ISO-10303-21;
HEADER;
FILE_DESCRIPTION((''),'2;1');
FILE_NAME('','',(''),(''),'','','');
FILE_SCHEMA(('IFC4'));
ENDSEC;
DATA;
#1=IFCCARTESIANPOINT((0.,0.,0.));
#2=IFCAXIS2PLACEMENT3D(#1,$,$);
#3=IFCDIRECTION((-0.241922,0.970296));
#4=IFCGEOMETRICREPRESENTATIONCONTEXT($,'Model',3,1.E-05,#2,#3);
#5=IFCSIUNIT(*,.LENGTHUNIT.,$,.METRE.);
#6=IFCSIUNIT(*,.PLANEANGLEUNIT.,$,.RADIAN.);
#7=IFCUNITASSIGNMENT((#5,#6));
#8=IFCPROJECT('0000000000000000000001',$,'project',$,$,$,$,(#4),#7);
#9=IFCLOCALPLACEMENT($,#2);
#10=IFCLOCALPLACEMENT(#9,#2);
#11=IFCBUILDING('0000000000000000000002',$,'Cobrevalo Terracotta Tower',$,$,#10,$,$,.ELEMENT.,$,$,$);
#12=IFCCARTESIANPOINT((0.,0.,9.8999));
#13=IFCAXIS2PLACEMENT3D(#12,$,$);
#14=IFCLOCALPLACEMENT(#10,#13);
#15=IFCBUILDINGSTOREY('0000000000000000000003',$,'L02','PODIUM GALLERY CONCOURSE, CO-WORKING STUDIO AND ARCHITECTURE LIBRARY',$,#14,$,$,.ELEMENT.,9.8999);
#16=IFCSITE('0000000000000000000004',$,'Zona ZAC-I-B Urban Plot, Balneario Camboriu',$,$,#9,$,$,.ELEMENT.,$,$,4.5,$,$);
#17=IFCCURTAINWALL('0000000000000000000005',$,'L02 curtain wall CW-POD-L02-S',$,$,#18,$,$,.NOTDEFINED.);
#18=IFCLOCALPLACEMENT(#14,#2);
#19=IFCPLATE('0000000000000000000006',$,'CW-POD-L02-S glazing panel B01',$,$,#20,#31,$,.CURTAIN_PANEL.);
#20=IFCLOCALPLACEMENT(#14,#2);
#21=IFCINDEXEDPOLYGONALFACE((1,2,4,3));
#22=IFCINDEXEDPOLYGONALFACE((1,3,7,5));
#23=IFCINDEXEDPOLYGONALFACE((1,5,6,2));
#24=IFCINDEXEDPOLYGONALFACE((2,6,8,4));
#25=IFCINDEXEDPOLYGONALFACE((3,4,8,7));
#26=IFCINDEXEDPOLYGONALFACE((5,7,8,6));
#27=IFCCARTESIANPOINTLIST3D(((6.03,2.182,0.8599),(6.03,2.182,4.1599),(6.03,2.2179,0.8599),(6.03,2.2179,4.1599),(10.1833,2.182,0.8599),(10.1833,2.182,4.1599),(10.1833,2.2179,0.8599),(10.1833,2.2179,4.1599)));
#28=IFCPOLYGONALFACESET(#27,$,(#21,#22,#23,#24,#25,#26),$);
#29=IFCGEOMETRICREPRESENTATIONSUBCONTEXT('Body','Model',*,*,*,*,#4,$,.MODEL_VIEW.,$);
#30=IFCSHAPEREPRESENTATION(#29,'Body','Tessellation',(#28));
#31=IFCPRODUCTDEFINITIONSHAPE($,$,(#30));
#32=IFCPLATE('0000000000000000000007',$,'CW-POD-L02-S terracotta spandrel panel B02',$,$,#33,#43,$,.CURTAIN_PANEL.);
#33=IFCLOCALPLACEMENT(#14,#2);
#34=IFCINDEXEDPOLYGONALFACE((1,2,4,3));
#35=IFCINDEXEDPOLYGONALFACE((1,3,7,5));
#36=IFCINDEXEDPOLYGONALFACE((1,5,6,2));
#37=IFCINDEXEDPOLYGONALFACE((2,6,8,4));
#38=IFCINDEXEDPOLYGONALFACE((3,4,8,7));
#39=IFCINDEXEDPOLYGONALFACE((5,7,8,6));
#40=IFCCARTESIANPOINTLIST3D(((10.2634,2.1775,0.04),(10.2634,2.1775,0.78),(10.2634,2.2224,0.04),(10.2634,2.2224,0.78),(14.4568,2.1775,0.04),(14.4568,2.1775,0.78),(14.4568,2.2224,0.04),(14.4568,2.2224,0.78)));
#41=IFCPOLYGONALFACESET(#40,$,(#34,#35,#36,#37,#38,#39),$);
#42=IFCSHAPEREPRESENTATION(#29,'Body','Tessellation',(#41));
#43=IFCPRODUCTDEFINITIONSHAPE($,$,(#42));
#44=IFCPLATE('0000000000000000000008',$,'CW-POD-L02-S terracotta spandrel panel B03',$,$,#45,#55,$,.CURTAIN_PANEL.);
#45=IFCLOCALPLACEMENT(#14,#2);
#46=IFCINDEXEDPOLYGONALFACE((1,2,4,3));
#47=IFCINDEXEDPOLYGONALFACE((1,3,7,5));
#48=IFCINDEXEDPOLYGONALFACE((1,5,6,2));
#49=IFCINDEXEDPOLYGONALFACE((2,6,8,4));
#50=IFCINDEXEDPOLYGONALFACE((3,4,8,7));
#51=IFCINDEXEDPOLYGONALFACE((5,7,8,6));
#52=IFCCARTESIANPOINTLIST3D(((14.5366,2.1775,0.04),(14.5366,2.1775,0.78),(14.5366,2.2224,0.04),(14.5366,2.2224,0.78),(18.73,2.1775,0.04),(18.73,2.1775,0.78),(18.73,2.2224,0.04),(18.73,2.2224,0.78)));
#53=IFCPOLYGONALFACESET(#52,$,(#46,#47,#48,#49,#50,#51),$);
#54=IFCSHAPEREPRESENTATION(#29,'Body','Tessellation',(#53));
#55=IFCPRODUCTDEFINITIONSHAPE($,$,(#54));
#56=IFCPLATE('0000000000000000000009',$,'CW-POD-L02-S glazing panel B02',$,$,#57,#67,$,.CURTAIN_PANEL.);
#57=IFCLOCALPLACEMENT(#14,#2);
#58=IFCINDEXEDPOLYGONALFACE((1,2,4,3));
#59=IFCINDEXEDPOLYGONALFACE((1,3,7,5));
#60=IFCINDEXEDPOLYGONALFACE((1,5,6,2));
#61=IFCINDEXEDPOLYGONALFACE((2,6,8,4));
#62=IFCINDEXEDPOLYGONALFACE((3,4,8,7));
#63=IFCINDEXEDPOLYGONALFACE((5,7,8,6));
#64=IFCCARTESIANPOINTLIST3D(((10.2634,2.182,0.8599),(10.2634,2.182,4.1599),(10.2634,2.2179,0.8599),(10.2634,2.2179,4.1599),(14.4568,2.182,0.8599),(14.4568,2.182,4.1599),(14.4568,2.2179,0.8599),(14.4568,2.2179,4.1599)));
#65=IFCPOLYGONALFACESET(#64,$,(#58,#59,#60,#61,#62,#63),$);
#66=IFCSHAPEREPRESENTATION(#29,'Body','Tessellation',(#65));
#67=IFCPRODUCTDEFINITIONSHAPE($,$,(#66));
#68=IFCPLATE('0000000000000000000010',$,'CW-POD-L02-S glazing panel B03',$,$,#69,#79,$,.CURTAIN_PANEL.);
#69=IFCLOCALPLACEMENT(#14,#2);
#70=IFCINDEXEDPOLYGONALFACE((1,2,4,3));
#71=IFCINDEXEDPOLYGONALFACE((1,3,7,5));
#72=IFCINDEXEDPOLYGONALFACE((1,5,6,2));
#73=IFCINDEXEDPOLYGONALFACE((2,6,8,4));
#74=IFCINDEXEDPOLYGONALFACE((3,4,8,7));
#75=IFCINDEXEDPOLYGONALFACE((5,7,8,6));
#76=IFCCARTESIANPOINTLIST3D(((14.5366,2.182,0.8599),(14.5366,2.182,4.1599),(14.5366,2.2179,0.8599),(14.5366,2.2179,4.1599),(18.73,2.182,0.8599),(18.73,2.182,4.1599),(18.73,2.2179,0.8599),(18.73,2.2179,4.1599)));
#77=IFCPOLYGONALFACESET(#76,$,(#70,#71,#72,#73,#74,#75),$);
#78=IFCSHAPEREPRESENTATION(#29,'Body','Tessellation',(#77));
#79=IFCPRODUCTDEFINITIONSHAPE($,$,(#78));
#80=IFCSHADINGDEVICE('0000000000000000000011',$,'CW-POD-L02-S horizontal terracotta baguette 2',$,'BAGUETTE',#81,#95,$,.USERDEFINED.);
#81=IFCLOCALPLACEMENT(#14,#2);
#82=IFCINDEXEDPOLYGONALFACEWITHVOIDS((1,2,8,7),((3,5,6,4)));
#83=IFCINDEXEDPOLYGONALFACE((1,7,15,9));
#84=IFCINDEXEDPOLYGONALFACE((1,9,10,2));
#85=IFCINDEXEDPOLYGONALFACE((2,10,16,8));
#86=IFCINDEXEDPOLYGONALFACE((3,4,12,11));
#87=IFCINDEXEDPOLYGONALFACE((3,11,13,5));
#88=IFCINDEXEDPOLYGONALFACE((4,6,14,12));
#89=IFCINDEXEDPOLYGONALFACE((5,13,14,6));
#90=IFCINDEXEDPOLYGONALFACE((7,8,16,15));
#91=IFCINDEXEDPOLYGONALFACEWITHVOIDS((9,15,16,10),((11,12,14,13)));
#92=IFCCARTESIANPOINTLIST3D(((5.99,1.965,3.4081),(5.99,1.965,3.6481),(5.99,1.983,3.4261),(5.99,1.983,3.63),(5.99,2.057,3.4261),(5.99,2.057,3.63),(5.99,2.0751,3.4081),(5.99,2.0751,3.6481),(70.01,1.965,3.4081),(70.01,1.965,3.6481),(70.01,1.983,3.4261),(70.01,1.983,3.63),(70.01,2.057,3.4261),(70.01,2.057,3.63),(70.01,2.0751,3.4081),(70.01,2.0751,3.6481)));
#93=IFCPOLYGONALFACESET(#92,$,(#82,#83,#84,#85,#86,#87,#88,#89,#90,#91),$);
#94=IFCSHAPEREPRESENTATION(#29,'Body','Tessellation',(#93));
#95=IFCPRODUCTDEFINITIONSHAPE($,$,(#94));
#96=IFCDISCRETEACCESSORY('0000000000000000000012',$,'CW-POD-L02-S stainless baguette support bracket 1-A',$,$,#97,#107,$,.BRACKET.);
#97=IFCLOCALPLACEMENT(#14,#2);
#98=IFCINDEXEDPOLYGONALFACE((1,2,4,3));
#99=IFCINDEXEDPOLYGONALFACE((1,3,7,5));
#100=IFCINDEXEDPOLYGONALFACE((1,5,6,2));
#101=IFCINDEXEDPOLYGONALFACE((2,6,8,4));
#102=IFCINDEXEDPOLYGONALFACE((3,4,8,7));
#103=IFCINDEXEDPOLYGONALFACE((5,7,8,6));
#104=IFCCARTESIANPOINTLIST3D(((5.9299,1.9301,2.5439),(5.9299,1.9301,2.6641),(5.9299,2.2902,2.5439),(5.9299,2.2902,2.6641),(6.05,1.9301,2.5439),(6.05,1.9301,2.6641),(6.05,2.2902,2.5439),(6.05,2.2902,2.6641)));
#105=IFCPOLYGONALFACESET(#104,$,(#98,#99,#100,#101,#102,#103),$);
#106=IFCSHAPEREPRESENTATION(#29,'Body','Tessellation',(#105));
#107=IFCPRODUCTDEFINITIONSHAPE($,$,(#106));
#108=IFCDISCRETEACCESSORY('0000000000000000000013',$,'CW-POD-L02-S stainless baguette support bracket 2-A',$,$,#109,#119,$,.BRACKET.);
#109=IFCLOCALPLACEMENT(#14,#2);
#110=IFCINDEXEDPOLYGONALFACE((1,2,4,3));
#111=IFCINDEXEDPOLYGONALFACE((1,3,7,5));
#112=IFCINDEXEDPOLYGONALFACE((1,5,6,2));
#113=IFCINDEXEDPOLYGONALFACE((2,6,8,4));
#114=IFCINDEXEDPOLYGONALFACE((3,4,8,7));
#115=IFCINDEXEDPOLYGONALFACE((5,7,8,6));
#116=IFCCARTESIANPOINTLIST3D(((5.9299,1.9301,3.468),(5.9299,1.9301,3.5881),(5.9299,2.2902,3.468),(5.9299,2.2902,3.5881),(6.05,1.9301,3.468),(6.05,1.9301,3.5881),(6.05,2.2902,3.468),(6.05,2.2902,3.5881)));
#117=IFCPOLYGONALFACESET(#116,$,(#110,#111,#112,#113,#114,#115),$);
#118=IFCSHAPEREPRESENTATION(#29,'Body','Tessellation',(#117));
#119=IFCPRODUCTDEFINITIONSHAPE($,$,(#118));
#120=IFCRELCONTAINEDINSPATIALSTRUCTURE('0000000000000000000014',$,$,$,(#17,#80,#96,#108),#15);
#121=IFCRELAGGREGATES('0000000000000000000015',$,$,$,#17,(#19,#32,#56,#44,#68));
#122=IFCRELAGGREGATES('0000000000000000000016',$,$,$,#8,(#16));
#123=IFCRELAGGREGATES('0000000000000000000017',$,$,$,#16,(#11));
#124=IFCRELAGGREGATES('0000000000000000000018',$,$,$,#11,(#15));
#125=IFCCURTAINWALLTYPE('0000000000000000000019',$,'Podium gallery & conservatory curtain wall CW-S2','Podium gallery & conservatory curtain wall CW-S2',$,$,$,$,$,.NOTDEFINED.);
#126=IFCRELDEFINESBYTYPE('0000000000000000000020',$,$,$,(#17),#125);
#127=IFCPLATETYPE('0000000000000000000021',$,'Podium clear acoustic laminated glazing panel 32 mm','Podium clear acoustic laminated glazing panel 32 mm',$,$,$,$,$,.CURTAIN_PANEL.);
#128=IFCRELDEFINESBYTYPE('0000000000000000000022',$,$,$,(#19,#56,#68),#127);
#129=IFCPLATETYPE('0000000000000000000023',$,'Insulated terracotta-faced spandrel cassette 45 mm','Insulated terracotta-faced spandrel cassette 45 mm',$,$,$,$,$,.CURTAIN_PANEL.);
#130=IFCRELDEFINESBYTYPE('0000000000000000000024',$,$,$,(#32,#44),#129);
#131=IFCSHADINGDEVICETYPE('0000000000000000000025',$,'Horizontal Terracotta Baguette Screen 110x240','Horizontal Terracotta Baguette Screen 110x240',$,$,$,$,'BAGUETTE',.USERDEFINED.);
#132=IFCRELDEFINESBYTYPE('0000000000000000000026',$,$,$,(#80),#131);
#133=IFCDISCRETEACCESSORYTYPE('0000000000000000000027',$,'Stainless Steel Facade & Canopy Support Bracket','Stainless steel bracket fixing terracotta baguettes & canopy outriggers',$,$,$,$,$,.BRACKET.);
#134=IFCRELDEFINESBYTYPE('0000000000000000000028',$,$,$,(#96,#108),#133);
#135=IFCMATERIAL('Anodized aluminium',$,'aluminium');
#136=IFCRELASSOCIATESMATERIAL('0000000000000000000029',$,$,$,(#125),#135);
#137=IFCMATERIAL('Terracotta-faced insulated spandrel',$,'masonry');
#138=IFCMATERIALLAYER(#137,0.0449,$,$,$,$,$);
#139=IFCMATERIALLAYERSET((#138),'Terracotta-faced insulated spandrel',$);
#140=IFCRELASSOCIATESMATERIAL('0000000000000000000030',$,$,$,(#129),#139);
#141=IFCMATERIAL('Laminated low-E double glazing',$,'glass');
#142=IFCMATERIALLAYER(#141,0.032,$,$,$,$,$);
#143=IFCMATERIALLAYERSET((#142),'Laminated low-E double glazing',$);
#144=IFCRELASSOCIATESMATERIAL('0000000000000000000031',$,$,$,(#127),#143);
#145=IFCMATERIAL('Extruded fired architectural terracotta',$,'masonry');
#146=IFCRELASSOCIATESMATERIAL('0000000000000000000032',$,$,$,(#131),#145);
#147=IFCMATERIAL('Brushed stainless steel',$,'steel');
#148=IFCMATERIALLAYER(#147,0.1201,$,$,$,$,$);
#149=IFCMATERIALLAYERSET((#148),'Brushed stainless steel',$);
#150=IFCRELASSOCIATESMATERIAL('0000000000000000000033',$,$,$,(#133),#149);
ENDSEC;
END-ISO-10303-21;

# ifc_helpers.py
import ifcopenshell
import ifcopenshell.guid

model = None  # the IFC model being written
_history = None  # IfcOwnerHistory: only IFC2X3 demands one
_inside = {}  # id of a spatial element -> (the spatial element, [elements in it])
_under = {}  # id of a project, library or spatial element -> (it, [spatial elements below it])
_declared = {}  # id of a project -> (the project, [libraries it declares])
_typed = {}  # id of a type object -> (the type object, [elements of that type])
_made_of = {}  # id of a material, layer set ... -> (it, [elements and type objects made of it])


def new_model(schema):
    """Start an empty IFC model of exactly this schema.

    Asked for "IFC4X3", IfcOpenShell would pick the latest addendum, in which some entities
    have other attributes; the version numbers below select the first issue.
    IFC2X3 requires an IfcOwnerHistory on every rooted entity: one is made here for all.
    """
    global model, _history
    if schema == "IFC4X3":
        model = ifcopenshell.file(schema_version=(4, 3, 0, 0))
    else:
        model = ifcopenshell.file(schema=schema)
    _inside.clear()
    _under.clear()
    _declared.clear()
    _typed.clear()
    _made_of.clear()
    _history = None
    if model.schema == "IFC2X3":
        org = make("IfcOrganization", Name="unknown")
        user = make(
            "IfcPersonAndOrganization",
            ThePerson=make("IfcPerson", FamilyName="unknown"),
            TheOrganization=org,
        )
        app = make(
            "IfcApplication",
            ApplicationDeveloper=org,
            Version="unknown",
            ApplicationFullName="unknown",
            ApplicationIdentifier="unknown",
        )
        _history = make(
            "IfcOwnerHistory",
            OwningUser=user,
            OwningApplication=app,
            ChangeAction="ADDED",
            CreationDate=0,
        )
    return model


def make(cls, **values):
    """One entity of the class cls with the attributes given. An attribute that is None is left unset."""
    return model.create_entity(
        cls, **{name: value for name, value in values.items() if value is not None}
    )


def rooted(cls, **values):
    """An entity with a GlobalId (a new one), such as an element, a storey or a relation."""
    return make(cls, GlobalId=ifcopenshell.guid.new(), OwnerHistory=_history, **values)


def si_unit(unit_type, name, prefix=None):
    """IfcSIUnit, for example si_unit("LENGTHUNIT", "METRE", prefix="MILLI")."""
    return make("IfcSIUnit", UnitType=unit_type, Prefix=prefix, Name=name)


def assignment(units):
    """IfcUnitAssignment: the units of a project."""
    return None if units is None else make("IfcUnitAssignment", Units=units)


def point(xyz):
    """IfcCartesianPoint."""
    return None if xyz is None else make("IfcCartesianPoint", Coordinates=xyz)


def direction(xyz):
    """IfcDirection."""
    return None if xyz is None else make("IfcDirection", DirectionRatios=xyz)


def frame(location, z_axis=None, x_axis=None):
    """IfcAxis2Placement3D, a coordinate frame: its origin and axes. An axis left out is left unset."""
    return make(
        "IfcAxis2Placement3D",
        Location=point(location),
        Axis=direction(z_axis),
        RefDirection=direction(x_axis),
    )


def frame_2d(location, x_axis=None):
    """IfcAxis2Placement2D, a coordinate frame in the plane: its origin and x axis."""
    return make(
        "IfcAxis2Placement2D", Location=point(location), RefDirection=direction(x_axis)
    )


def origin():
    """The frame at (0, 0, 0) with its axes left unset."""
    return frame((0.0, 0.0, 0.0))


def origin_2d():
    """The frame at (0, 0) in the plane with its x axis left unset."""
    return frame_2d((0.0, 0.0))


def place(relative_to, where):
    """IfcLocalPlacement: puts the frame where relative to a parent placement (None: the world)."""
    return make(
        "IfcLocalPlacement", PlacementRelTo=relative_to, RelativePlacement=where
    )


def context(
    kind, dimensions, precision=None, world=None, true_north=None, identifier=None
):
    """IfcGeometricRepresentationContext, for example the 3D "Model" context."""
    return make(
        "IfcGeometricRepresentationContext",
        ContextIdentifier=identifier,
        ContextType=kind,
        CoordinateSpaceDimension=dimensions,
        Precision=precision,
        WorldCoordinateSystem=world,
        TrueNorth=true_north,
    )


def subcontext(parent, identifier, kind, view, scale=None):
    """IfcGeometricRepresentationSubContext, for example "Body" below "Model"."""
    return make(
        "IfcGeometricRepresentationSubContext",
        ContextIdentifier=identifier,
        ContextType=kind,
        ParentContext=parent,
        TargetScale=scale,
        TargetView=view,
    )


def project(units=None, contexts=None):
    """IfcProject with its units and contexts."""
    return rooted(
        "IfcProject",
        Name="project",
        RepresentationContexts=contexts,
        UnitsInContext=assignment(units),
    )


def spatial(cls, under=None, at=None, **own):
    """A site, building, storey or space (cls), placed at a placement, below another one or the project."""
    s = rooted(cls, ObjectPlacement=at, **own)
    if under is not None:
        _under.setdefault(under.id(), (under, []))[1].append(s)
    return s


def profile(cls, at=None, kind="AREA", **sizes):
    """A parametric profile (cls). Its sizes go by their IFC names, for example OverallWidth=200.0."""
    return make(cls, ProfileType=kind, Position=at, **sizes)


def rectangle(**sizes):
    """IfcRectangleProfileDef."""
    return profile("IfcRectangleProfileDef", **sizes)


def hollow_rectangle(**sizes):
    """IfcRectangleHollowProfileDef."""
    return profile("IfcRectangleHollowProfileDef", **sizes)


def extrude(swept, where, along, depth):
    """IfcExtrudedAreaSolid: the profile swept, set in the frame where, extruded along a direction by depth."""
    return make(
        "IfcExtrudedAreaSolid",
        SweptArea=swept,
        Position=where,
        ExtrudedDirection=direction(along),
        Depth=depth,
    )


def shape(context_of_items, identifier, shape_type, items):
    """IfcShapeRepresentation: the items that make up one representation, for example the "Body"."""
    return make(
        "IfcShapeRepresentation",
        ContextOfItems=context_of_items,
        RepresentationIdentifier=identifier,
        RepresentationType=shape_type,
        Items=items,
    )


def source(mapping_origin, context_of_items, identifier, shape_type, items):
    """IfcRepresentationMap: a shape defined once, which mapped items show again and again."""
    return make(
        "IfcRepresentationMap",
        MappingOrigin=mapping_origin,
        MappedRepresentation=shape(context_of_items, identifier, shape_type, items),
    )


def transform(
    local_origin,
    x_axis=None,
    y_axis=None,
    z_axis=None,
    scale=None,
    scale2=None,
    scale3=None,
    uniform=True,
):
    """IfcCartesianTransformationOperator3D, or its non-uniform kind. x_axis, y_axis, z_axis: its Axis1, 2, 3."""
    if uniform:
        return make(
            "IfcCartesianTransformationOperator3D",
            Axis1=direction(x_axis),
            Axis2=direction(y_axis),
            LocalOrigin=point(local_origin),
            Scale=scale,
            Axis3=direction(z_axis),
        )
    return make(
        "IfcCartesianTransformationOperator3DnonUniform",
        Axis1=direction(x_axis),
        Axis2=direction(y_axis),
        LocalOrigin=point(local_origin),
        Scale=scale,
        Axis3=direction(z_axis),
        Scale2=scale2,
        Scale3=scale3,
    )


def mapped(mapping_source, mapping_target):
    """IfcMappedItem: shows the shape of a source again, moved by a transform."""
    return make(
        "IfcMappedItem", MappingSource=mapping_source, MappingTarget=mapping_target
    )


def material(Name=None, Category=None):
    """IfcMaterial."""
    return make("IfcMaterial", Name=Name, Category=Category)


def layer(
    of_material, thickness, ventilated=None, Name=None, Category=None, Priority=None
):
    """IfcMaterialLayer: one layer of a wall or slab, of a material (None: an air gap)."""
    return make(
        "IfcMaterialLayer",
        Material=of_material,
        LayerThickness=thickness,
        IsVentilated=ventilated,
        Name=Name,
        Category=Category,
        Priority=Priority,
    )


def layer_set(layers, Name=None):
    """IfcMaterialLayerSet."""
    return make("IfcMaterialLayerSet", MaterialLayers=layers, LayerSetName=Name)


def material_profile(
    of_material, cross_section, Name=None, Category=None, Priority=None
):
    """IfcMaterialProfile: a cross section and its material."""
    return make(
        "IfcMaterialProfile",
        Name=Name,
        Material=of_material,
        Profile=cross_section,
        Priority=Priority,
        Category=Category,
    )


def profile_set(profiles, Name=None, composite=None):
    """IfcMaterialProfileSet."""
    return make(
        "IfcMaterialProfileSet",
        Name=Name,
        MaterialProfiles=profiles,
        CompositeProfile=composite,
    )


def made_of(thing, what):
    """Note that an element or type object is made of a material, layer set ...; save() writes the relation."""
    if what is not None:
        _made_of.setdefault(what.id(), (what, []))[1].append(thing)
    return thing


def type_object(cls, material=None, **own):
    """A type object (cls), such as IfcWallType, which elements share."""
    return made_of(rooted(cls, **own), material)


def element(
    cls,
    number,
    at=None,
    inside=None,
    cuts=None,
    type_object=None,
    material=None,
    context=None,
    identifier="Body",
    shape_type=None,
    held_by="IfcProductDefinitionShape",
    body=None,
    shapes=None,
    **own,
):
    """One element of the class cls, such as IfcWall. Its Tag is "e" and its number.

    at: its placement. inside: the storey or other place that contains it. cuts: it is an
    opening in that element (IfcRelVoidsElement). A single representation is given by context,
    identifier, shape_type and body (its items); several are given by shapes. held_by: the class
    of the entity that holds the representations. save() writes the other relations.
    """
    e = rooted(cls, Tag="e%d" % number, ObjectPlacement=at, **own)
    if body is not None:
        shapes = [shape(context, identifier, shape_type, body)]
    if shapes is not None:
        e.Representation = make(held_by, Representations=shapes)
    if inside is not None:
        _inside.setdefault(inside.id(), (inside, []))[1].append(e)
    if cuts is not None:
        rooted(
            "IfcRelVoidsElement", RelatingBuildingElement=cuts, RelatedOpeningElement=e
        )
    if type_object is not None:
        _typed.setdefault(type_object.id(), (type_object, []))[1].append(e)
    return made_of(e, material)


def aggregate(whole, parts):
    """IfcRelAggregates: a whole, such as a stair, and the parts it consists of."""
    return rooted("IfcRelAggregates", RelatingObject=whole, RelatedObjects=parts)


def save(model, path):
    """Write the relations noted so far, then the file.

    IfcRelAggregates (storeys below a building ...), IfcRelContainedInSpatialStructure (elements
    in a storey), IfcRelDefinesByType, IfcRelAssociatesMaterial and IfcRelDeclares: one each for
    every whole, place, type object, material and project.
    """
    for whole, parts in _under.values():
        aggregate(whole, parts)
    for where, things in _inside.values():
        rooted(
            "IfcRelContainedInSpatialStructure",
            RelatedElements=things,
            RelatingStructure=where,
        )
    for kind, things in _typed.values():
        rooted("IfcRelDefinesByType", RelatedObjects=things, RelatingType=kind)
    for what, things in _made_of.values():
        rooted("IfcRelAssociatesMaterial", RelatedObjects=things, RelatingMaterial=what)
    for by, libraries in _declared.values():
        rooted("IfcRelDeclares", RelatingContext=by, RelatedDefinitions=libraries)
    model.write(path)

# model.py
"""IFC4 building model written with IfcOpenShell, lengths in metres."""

from ifc_helpers import new_model, si_unit, direction, frame, origin, origin_2d, place, context, subcontext, project, spatial, rectangle, hollow_rectangle, extrude, source, transform, mapped, material, layer, layer_set, material_profile, profile_set, type_object, element, aggregate, save


model = new_model("IFC4")

# Units and contexts
model_context = context("Model", 3, precision=1e-05, world=origin(), true_north=direction((-0.241922, 0.970296)))
body_context = subcontext(model_context, "Body", "Model", "MODEL_VIEW")
ifc_project = project(units=[si_unit("LENGTHUNIT", "METRE"), si_unit("PLANEANGLEUNIT", "RADIAN")], contexts=[model_context])

# Site, building, storey
site_placement = place(None, origin())
site = spatial("IfcSite", under=ifc_project, at=site_placement, Name="Zona ZAC-I-B Urban Plot, Balneario Camboriu", CompositionType="ELEMENT", RefElevation=4.5)
building_placement = place(site_placement, origin())
building = spatial("IfcBuilding", under=site, at=building_placement, Name="Cobrevalo Terracotta Tower", CompositionType="ELEMENT")
storey_placement = place(building_placement, frame((0.0, 0.0, 9.8999)))
storey = spatial("IfcBuildingStorey", under=building, at=storey_placement, Name="L02", Description="PODIUM GALLERY CONCOURSE, CO-WORKING STUDIO AND ARCHITECTURE LIBRARY", CompositionType="ELEMENT", Elevation=9.8999)

# Curtain wall, plates
ifc_material_1 = material(Name="Anodized aluminium", Category="aluminium")
curtain_wall_type = type_object("IfcCurtainWallType", Name="Podium gallery & conservatory curtain wall CW-S2", Description="Podium gallery & conservatory curtain wall CW-S2", PredefinedType="NOTDEFINED", material=ifc_material_1)
curtain_wall_placement = place(storey_placement, origin())
curtain_wall = element("IfcCurtainWall", 1, at=curtain_wall_placement, inside=storey, type_object=curtain_wall_type, Name="L02 curtain wall CW-POD-L02-S", PredefinedType="NOTDEFINED")
ifc_material_2 = material(Name="Terracotta-faced insulated spandrel", Category="masonry")
ifc_layer_1 = layer(ifc_material_2, 0.0449)
ifc_layer_set_1 = layer_set([ifc_layer_1], Name="Terracotta-faced insulated spandrel")
plate_type_1 = type_object("IfcPlateType", Name="Insulated terracotta-faced spandrel cassette 45 mm", Description="Insulated terracotta-faced spandrel cassette 45 mm", PredefinedType="CURTAIN_PANEL", material=ifc_layer_set_1)
ifc_material_3 = material(Name="Laminated low-E double glazing", Category="glass")
ifc_layer_2 = layer(ifc_material_3, 0.032)
ifc_layer_set_2 = layer_set([ifc_layer_2], Name="Laminated low-E double glazing")
plate_type_2 = type_object("IfcPlateType", Name="Podium clear acoustic laminated glazing panel 32 mm", Description="Podium clear acoustic laminated glazing panel 32 mm", PredefinedType="CURTAIN_PANEL", material=ifc_layer_set_2)
shared_shape_1 = source(origin(), body_context, "Body", "SweptSolid", [
    extrude(rectangle(XDim=4.1533, YDim=0.0359, at=origin_2d()), origin(), (0.0, 0.0, 1.0), 3.3),
])
plate_1_placement = place(storey_placement, frame((8.1067, 2.2, 0.8599), z_axis=(0.0, 0.0, 1.0), x_axis=(1.0, 0.0, 0.0)))
plate_1 = element("IfcPlate", 2, at=plate_1_placement, type_object=plate_type_2, Name="CW-POD-L02-S glazing panel B01", PredefinedType="CURTAIN_PANEL", context=body_context, shape_type="MappedRepresentation", body=[
    mapped(shared_shape_1, transform((0.0, 0.0, 0.0), scale=1.0)),
])
shared_shape_2 = source(origin(), body_context, "Body", "SweptSolid", [
    extrude(rectangle(XDim=4.1934, YDim=0.0449, at=origin_2d()), origin(), (0.0, 0.0, 1.0), 0.74),
])
plate_2_placement = place(storey_placement, frame((12.3601, 2.2, 0.04), z_axis=(0.0, 0.0, 1.0), x_axis=(1.0, 0.0, 0.0)))
plate_2 = element("IfcPlate", 3, at=plate_2_placement, type_object=plate_type_1, Name="CW-POD-L02-S terracotta spandrel panel B02", PredefinedType="CURTAIN_PANEL", context=body_context, shape_type="MappedRepresentation", body=[
    mapped(shared_shape_2, transform((0.0, 0.0, 0.0), scale=1.0)),
])
plate_3_placement = place(storey_placement, frame((16.6333, 2.2, 0.04), z_axis=(0.0, 0.0, 1.0), x_axis=(1.0, 0.0, 0.0)))
plate_3 = element("IfcPlate", 4, at=plate_3_placement, type_object=plate_type_1, Name="CW-POD-L02-S terracotta spandrel panel B03", PredefinedType="CURTAIN_PANEL", context=body_context, shape_type="MappedRepresentation", body=[
    mapped(shared_shape_2, transform((0.0, 0.0, 0.0), scale=1.0)),
])
shared_shape_3 = source(origin(), body_context, "Body", "SweptSolid", [
    extrude(rectangle(XDim=4.1934, YDim=0.0359, at=origin_2d()), origin(), (0.0, 0.0, 1.0), 3.3),
])
plate_4_placement = place(storey_placement, frame((12.3601, 2.2, 0.8599), z_axis=(0.0, 0.0, 1.0), x_axis=(1.0, 0.0, 0.0)))
plate_4 = element("IfcPlate", 5, at=plate_4_placement, type_object=plate_type_2, Name="CW-POD-L02-S glazing panel B02", PredefinedType="CURTAIN_PANEL", context=body_context, shape_type="MappedRepresentation", body=[
    mapped(shared_shape_3, transform((0.0, 0.0, 0.0), scale=1.0)),
])
plate_5_placement = place(storey_placement, frame((16.6333, 2.2, 0.8599), z_axis=(0.0, 0.0, 1.0), x_axis=(1.0, 0.0, 0.0)))
plate_5 = element("IfcPlate", 6, at=plate_5_placement, type_object=plate_type_2, Name="CW-POD-L02-S glazing panel B03", PredefinedType="CURTAIN_PANEL", context=body_context, shape_type="MappedRepresentation", body=[
    mapped(shared_shape_3, transform((0.0, 0.0, 0.0), scale=1.0)),
])
aggregate(curtain_wall, [plate_1, plate_2, plate_4, plate_3, plate_5])

# Shading device
ifc_material_4 = material(Name="Extruded fired architectural terracotta", Category="masonry")
ifc_material_profile_1 = material_profile(ifc_material_4, hollow_rectangle(XDim=0.1101, YDim=0.24, WallThickness=0.0181, at=origin_2d()), Name="BAGUETTE 110x240")
ifc_profile_set_1 = profile_set([ifc_material_profile_1], Name="Extruded fired architectural terracotta")
shading_device_type = type_object("IfcShadingDeviceType", Name="Horizontal Terracotta Baguette Screen 110x240", Description="Horizontal Terracotta Baguette Screen 110x240", ElementType="BAGUETTE", PredefinedType="USERDEFINED", material=ifc_profile_set_1)
shared_shape_4 = source(origin(), body_context, "Body", "SweptSolid", [
    extrude(hollow_rectangle(XDim=0.1101, YDim=0.24, WallThickness=0.0181, at=origin_2d()), origin(), (0.0, 0.0, 1.0), 64.02),
])
shading_device_placement = place(storey_placement, frame((5.99, 2.02, 3.5281), z_axis=(1.0, 0.0, 0.0), x_axis=(0.0, 1.0, 0.0)))
element("IfcShadingDevice", 7, at=shading_device_placement, inside=storey, type_object=shading_device_type, Name="CW-POD-L02-S horizontal terracotta baguette 2", ObjectType="BAGUETTE", PredefinedType="USERDEFINED", context=body_context, shape_type="MappedRepresentation", body=[
    mapped(shared_shape_4, transform((0.0, 0.0, 0.0), scale=1.0)),
])

# Discrete accessories
ifc_material_5 = material(Name="Brushed stainless steel", Category="steel")
ifc_layer_3 = layer(ifc_material_5, 0.1201)
ifc_layer_set_3 = layer_set([ifc_layer_3], Name="Brushed stainless steel")
discrete_accessory_type = type_object("IfcDiscreteAccessoryType", Name="Stainless Steel Facade & Canopy Support Bracket", Description="Stainless steel bracket fixing terracotta baguettes & canopy outriggers", PredefinedType="BRACKET", material=ifc_layer_set_3)
shared_shape_5 = source(origin(), body_context, "Body", "SweptSolid", [
    extrude(rectangle(XDim=0.1201, YDim=0.3601, at=origin_2d()), origin(), (0.0, 0.0, 1.0), 0.1201),
])
for number, where, z_axis, x_axis, name in (
    (8, (5.99, 2.1101, 2.5439), (0.0, 0.0, 1.0), (1.0, 0.0, 0.0), "CW-POD-L02-S stainless baguette support bracket 1-A"),
    (9, (5.99, 2.1101, 3.468), (0.0, 0.0, 1.0), (1.0, 0.0, 0.0), "CW-POD-L02-S stainless baguette support bracket 2-A"),
):
    element("IfcDiscreteAccessory", number, at=place(storey_placement, frame(where, z_axis=z_axis, x_axis=x_axis)), inside=storey, type_object=discrete_accessory_type, Name=name, PredefinedType="BRACKET", context=body_context, shape_type="MappedRepresentation", body=[
        mapped(shared_shape_5, transform((0.0, 0.0, 0.0), scale=1.0)),
    ])

save(model, "model.ifc")
